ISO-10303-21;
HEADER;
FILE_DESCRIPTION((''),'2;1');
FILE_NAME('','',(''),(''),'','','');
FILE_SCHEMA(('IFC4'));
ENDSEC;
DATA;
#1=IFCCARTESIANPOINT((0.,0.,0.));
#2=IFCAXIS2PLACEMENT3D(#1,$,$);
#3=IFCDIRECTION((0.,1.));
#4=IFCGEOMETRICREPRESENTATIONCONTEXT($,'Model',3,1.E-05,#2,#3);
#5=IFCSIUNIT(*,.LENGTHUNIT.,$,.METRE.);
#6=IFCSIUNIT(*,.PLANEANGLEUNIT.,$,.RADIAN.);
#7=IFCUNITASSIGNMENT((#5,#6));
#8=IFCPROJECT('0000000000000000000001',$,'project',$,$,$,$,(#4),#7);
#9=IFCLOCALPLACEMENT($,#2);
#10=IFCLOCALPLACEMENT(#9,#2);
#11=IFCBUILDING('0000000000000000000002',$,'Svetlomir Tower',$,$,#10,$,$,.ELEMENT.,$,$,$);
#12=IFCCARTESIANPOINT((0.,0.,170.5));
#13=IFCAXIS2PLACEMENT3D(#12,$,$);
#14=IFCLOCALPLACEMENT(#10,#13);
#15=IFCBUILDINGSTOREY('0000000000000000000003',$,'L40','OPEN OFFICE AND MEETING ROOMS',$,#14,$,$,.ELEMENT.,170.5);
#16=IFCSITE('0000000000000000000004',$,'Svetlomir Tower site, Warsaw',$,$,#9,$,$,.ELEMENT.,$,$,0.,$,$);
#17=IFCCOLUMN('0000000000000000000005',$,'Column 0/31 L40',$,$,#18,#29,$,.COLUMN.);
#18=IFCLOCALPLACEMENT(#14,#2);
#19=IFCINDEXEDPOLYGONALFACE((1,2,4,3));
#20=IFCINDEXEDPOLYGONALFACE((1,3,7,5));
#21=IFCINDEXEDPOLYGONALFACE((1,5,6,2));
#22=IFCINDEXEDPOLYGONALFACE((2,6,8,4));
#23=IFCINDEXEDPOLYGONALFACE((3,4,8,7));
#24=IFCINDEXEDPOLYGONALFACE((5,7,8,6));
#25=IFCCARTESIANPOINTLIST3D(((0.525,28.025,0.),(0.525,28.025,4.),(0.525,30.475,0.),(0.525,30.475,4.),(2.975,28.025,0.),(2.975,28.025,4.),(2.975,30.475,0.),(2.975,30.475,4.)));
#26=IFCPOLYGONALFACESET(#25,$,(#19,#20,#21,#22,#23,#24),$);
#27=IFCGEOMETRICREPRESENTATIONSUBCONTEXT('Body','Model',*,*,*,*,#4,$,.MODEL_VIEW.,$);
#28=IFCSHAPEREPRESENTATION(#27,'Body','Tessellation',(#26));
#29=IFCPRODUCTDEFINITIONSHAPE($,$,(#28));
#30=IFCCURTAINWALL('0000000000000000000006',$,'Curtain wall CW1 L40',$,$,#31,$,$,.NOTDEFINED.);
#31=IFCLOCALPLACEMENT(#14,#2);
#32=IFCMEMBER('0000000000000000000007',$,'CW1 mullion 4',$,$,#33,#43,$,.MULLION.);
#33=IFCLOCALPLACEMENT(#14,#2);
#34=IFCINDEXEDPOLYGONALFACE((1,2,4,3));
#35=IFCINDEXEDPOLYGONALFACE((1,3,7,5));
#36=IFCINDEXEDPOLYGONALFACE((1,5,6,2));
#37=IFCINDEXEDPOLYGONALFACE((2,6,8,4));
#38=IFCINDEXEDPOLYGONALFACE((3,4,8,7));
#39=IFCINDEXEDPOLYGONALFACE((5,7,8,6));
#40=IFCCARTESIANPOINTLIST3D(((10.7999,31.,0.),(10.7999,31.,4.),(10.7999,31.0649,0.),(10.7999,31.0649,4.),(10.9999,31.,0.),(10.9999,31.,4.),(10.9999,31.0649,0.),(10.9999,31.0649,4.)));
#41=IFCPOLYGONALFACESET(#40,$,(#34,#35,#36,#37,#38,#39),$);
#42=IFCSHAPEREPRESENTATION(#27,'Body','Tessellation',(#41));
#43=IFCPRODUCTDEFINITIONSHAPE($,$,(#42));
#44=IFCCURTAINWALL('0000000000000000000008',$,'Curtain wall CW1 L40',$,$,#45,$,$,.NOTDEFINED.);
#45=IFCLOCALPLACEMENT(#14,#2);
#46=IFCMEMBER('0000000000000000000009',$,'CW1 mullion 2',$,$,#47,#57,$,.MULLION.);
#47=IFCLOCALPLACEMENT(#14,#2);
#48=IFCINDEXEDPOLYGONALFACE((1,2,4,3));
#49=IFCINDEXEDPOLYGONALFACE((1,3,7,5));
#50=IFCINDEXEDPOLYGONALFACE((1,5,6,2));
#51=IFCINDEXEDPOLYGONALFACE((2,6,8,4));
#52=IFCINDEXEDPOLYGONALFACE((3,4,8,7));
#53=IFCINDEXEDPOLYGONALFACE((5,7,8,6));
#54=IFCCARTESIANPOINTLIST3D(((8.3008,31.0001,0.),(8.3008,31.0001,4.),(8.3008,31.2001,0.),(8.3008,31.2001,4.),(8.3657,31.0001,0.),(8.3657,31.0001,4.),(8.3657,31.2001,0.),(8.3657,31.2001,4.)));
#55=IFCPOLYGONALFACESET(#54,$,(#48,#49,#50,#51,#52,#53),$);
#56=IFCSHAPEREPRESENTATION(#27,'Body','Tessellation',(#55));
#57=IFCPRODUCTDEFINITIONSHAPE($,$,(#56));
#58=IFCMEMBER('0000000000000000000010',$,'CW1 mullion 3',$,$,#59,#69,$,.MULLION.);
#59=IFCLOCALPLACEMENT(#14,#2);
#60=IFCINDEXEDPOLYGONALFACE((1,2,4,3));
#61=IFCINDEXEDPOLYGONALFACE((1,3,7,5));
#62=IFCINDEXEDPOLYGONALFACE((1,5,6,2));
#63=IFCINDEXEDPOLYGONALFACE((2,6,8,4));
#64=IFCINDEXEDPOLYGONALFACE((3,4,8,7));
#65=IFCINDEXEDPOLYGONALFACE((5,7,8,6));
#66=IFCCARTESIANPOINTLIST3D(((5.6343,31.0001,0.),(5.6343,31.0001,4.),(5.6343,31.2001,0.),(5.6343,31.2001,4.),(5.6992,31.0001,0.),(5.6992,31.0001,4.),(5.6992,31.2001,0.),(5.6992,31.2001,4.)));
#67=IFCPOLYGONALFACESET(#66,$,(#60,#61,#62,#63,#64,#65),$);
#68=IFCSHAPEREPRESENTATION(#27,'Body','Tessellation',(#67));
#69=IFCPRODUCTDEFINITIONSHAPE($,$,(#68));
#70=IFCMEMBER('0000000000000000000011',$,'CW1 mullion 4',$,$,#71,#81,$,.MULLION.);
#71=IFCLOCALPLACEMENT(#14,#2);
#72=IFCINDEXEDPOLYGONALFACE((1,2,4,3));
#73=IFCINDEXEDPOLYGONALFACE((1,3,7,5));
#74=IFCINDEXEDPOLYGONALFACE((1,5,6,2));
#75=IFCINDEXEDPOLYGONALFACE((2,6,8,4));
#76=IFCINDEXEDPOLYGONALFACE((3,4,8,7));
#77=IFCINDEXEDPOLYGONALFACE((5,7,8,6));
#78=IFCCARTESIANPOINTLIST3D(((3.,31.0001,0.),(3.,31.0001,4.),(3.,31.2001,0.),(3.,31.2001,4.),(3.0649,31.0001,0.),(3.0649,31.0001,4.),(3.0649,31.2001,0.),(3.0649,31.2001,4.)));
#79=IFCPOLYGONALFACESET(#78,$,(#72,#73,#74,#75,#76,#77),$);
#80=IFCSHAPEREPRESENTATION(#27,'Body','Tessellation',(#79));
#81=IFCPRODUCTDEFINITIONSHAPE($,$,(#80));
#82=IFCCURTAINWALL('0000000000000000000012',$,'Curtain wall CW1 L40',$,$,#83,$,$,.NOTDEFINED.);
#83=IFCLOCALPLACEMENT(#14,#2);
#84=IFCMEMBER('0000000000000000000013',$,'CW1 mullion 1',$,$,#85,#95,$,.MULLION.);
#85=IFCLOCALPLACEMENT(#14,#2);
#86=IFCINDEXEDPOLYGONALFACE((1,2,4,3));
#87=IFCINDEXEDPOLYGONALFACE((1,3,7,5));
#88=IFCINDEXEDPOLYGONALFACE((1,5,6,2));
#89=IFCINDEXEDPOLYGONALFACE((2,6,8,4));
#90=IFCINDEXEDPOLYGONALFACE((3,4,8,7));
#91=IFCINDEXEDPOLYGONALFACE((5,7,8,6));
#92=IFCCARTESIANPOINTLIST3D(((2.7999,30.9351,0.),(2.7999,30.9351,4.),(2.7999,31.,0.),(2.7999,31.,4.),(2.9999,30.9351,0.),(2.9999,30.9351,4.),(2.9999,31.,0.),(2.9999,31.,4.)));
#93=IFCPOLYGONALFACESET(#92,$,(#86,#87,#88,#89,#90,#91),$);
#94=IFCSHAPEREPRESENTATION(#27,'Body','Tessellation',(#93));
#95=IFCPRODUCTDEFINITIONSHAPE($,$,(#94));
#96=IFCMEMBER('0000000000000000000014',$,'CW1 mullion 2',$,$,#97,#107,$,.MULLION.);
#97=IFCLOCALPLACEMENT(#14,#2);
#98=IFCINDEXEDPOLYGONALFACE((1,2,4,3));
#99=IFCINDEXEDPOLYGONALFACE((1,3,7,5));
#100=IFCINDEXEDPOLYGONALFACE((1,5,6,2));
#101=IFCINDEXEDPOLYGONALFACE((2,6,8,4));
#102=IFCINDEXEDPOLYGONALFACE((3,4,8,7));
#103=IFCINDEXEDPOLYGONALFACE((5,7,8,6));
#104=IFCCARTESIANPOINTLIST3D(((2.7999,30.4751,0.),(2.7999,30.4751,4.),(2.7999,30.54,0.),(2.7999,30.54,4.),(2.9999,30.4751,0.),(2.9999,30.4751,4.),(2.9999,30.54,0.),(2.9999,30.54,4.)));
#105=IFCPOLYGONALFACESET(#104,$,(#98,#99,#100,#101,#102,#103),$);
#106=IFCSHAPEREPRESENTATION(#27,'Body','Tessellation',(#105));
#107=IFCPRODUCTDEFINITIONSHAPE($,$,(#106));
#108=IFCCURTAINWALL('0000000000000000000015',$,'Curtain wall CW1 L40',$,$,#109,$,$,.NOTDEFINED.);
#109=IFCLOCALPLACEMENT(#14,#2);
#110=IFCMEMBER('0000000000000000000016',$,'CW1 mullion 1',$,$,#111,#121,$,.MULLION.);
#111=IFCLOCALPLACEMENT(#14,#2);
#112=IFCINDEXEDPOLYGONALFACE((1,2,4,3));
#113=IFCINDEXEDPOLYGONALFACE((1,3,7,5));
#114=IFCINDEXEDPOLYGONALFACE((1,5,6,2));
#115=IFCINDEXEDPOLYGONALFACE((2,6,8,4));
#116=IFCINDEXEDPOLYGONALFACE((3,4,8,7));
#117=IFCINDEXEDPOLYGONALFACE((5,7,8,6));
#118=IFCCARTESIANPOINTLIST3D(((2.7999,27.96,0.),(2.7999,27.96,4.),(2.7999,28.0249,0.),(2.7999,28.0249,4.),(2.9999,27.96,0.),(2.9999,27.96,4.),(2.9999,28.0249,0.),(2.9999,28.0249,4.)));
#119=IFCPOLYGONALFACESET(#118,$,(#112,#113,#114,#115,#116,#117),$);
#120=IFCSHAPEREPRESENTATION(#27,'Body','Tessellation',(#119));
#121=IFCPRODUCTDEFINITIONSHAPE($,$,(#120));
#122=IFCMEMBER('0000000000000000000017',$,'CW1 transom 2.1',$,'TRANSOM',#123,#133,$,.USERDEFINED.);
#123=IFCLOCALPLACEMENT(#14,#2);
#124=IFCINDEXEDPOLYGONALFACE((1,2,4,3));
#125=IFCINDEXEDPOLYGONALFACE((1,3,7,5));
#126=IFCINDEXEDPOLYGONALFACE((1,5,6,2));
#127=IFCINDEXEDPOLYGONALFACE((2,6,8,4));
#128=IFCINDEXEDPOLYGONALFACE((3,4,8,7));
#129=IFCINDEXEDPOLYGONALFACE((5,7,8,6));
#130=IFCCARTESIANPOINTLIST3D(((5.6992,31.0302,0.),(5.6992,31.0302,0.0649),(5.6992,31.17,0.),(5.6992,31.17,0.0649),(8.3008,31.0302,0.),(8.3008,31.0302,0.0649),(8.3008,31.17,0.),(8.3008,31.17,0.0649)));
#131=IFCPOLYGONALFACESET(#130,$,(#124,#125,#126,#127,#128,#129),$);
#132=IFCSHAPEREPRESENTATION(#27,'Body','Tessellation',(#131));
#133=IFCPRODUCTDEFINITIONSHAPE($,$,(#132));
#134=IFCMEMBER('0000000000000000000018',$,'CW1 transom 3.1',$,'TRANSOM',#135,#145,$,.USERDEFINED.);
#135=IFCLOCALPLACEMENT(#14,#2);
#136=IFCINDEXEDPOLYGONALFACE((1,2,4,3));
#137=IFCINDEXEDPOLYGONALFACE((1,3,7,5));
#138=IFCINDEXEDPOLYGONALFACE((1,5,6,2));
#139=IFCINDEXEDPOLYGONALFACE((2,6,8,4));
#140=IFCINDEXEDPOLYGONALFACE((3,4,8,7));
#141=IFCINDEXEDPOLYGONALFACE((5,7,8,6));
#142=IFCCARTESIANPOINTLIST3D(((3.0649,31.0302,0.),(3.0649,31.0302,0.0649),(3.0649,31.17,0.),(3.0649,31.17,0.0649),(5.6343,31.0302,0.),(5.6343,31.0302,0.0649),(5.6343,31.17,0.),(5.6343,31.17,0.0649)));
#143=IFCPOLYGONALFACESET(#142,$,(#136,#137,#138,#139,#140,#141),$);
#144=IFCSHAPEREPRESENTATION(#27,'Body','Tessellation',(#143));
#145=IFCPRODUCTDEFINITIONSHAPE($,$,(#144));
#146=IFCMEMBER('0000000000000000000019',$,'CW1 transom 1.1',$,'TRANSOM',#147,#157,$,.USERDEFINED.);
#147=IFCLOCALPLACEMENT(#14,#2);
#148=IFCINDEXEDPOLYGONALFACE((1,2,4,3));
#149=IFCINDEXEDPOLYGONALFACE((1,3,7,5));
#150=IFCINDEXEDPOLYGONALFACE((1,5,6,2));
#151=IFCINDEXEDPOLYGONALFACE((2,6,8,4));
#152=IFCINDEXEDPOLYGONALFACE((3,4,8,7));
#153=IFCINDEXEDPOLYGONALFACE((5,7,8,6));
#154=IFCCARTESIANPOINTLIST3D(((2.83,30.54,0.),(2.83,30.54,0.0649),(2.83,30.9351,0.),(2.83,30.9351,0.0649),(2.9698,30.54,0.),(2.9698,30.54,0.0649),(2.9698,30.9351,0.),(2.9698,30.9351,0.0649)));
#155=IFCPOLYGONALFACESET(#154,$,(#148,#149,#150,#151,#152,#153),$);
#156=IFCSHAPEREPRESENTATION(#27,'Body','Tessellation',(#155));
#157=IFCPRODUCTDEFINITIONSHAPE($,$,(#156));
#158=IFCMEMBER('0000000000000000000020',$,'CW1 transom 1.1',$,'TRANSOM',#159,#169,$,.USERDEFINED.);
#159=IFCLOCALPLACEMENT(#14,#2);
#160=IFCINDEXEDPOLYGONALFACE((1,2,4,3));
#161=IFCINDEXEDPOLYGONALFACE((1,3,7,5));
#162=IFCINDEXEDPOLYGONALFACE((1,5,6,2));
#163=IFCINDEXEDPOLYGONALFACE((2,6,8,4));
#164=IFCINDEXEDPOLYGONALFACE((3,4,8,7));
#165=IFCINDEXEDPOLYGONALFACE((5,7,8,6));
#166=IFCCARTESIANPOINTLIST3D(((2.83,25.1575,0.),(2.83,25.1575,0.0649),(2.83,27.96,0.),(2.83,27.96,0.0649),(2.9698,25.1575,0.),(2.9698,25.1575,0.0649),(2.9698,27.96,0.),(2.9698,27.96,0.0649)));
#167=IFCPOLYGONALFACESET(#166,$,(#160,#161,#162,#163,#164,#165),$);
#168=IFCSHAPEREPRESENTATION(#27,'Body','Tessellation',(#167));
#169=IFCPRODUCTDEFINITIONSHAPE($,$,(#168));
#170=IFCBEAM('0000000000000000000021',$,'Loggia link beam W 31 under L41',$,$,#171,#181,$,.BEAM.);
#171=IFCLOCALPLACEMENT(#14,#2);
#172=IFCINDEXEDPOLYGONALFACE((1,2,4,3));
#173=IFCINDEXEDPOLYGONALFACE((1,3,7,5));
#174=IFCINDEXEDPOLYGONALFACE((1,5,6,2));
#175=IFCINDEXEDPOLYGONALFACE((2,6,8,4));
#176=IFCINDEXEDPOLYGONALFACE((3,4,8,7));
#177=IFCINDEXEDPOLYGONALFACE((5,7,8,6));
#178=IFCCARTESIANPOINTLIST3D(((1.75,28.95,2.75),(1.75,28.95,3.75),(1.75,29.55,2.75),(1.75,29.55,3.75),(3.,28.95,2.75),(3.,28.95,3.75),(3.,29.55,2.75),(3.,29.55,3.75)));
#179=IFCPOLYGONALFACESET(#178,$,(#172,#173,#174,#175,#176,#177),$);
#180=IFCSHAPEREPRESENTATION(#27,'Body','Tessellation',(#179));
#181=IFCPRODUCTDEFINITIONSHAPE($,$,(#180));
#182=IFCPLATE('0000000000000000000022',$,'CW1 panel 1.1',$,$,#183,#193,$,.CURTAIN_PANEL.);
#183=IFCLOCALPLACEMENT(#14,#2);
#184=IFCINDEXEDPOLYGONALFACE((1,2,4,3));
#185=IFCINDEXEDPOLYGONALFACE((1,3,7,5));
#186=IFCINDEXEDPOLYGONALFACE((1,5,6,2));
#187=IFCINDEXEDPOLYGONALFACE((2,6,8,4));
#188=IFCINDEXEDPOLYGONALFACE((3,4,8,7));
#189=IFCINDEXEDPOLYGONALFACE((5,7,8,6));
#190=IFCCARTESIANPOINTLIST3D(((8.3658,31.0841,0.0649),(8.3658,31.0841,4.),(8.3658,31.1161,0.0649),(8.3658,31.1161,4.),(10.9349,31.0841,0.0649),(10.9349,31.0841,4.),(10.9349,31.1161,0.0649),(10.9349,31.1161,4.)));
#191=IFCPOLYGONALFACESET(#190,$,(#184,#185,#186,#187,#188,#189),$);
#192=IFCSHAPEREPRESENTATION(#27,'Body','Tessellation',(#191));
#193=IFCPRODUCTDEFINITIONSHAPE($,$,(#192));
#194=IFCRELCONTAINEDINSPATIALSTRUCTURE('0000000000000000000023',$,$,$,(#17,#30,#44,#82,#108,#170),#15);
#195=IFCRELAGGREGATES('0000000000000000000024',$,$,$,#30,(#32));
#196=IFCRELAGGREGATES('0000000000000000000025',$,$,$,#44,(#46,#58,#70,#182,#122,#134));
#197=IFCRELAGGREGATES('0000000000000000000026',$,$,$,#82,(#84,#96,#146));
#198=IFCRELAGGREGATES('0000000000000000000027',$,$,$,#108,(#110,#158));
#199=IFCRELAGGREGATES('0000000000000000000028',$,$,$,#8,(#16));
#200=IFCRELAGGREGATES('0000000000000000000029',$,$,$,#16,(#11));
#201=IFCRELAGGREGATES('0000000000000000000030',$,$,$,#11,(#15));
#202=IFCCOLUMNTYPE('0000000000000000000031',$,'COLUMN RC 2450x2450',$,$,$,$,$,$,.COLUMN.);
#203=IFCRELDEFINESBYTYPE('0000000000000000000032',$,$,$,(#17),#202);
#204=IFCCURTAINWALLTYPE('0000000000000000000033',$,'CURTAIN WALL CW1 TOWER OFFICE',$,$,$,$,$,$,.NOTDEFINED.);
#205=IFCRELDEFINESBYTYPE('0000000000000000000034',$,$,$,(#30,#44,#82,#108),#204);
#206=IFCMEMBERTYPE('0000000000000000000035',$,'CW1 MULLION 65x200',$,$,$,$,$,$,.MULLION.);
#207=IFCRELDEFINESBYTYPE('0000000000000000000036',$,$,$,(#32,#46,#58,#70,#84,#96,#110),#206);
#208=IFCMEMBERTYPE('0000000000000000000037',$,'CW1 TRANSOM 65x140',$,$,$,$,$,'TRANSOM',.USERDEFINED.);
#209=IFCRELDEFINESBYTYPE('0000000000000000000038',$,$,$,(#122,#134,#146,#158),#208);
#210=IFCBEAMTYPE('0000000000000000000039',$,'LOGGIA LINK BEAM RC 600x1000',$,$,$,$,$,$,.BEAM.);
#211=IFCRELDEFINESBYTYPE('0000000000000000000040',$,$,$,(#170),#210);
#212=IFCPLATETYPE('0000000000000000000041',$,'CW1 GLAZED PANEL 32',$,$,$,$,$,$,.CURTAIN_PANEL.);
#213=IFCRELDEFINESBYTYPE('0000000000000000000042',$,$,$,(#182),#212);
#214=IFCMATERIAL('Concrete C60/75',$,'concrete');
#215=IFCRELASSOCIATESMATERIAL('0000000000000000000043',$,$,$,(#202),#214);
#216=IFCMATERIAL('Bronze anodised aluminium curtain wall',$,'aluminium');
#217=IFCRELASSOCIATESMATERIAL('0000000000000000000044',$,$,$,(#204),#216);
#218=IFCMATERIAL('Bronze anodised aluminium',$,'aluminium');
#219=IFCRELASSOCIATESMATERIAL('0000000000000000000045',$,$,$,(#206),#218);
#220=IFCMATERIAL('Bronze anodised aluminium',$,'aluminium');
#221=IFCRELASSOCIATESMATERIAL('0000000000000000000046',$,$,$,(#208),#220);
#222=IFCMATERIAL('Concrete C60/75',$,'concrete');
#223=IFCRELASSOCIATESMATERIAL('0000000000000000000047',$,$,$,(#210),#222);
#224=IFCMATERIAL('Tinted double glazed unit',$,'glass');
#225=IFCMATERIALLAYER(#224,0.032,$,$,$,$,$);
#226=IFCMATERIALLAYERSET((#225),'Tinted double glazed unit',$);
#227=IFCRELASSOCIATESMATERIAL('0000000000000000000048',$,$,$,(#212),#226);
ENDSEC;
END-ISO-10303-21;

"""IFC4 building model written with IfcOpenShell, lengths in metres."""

from ifc_helpers import new_model, si_unit, direction, frame, origin, origin_2d, place, context, subcontext, project, spatial, rectangle, extrude, material, layer, layer_set, material_profile, profile_set, type_object, element, aggregate, save


model = new_model("IFC4")

# Units and contexts
model_context = context("Model", 3, precision=1e-05, world=origin(), true_north=direction((0.0, 1.0)))
body_context = subcontext(model_context, "Body", "Model", "MODEL_VIEW")
ifc_project = project(units=[si_unit("LENGTHUNIT", "METRE"), si_unit("PLANEANGLEUNIT", "RADIAN")], contexts=[model_context])

# Site, building, storey
site_placement = place(None, origin())
site = spatial("IfcSite", under=ifc_project, at=site_placement, Name="Svetlomir Tower site, Warsaw", CompositionType="ELEMENT", RefElevation=0.0)
building_placement = place(site_placement, origin())
building = spatial("IfcBuilding", under=site, at=building_placement, Name="Svetlomir Tower", CompositionType="ELEMENT")
storey_placement = place(building_placement, frame((0.0, 0.0, 170.5)))
storey = spatial("IfcBuildingStorey", under=building, at=storey_placement, Name="L40", Description="OPEN OFFICE AND MEETING ROOMS", CompositionType="ELEMENT", Elevation=170.5)

# Column
ifc_material_1 = material(Name="Concrete C60/75", Category="concrete")
ifc_material_profile_1 = material_profile(ifc_material_1, rectangle(XDim=2.45, YDim=2.45, at=origin_2d()), Name="RC 2450x2450")
ifc_profile_set_1 = profile_set([ifc_material_profile_1], Name="Concrete C60/75")
column_type = type_object("IfcColumnType", Name="COLUMN RC 2450x2450", PredefinedType="COLUMN", material=ifc_profile_set_1)
column_placement = place(storey_placement, frame((1.75, 29.25, 0.0), z_axis=(0.0, 0.0, 1.0), x_axis=(1.0, 0.0, 0.0)))
element("IfcColumn", 1, at=column_placement, inside=storey, type_object=column_type, Name="Column 0/31 L40", PredefinedType="COLUMN", context=body_context, shape_type="SweptSolid", body=[
    extrude(rectangle(XDim=2.45, YDim=2.45, at=origin_2d()), origin(), (0.0, 0.0, 1.0), 4.0),
])

# Curtain wall, member
ifc_material_2 = material(Name="Bronze anodised aluminium curtain wall", Category="aluminium")
curtain_wall_type = type_object("IfcCurtainWallType", Name="CURTAIN WALL CW1 TOWER OFFICE", PredefinedType="NOTDEFINED", material=ifc_material_2)
curtain_wall_1_placement = place(storey_placement, origin())
curtain_wall_1 = element("IfcCurtainWall", 2, at=curtain_wall_1_placement, inside=storey, type_object=curtain_wall_type, Name="Curtain wall CW1 L40", PredefinedType="NOTDEFINED")
ifc_material_3 = material(Name="Bronze anodised aluminium", Category="aluminium")
ifc_material_profile_2 = material_profile(ifc_material_3, rectangle(XDim=0.0649, YDim=0.2, at=origin_2d()), Name="AL 65x200")
ifc_profile_set_2 = profile_set([ifc_material_profile_2], Name="Bronze anodised aluminium 6063-T6")
member_type_1 = type_object("IfcMemberType", Name="CW1 MULLION 65x200", PredefinedType="MULLION", material=ifc_profile_set_2)
member_1_placement = place(storey_placement, frame((10.8999, 31.0325, 0.0), z_axis=(0.0, 0.0, 1.0), x_axis=(0.0, -1.0, 0.0)))
member_1 = element("IfcMember", 3, at=member_1_placement, type_object=member_type_1, Name="CW1 mullion 4", PredefinedType="MULLION", context=body_context, shape_type="SweptSolid", body=[
    extrude(rectangle(XDim=0.0649, YDim=0.2, at=origin_2d()), origin(), (0.0, 0.0, 1.0), 4.0),
])
aggregate(curtain_wall_1, [member_1])

# Curtain walls, members
curtain_wall_2_placement = place(storey_placement, origin())
curtain_wall_2 = element("IfcCurtainWall", 4, at=curtain_wall_2_placement, inside=storey, type_object=curtain_wall_type, Name="Curtain wall CW1 L40", PredefinedType="NOTDEFINED")
member_2_placement = place(storey_placement, frame((8.3333, 31.1001, 0.0), z_axis=(0.0, 0.0, 1.0), x_axis=(-1.0, 0.0, 0.0)))
member_2 = element("IfcMember", 5, at=member_2_placement, type_object=member_type_1, Name="CW1 mullion 2", PredefinedType="MULLION", context=body_context, shape_type="SweptSolid", body=[
    extrude(rectangle(XDim=0.0649, YDim=0.2, at=origin_2d()), origin(), (0.0, 0.0, 1.0), 4.0),
])
member_3_placement = place(storey_placement, frame((5.6667, 31.1001, 0.0), z_axis=(0.0, 0.0, 1.0), x_axis=(-1.0, 0.0, 0.0)))
member_3 = element("IfcMember", 6, at=member_3_placement, type_object=member_type_1, Name="CW1 mullion 3", PredefinedType="MULLION", context=body_context, shape_type="SweptSolid", body=[
    extrude(rectangle(XDim=0.0649, YDim=0.2, at=origin_2d()), origin(), (0.0, 0.0, 1.0), 4.0),
])
member_4_placement = place(storey_placement, frame((3.0325, 31.1001, 0.0), z_axis=(0.0, 0.0, 1.0), x_axis=(-1.0, 0.0, 0.0)))
member_4 = element("IfcMember", 7, at=member_4_placement, type_object=member_type_1, Name="CW1 mullion 4", PredefinedType="MULLION", context=body_context, shape_type="SweptSolid", body=[
    extrude(rectangle(XDim=0.0649, YDim=0.2, at=origin_2d()), origin(), (0.0, 0.0, 1.0), 4.0),
])
curtain_wall_3_placement = place(storey_placement, origin())
curtain_wall_3 = element("IfcCurtainWall", 8, at=curtain_wall_3_placement, inside=storey, type_object=curtain_wall_type, Name="Curtain wall CW1 L40", PredefinedType="NOTDEFINED")
member_5_placement = place(storey_placement, frame((2.8999, 30.9675, 0.0), z_axis=(0.0, 0.0, 1.0), x_axis=(0.0, -1.0, 0.0)))
member_5 = element("IfcMember", 9, at=member_5_placement, type_object=member_type_1, Name="CW1 mullion 1", PredefinedType="MULLION", context=body_context, shape_type="SweptSolid", body=[
    extrude(rectangle(XDim=0.0649, YDim=0.2, at=origin_2d()), origin(), (0.0, 0.0, 1.0), 4.0),
])
member_6_placement = place(storey_placement, frame((2.8999, 30.5076, 0.0), z_axis=(0.0, 0.0, 1.0), x_axis=(0.0, -1.0, 0.0)))
member_6 = element("IfcMember", 10, at=member_6_placement, type_object=member_type_1, Name="CW1 mullion 2", PredefinedType="MULLION", context=body_context, shape_type="SweptSolid", body=[
    extrude(rectangle(XDim=0.0649, YDim=0.2, at=origin_2d()), origin(), (0.0, 0.0, 1.0), 4.0),
])

# Curtain wall, member
curtain_wall_4_placement = place(storey_placement, origin())
curtain_wall_4 = element("IfcCurtainWall", 11, at=curtain_wall_4_placement, inside=storey, type_object=curtain_wall_type, Name="Curtain wall CW1 L40", PredefinedType="NOTDEFINED")
member_7_placement = place(storey_placement, frame((2.8999, 27.9924, 0.0), z_axis=(0.0, 0.0, 1.0), x_axis=(0.0, -1.0, 0.0)))
member_7 = element("IfcMember", 12, at=member_7_placement, type_object=member_type_1, Name="CW1 mullion 1", PredefinedType="MULLION", context=body_context, shape_type="SweptSolid", body=[
    extrude(rectangle(XDim=0.0649, YDim=0.2, at=origin_2d()), origin(), (0.0, 0.0, 1.0), 4.0),
])

# Members
ifc_material_4 = material(Name="Bronze anodised aluminium", Category="aluminium")
ifc_material_profile_3 = material_profile(ifc_material_4, rectangle(XDim=0.1399, YDim=0.0649, at=origin_2d()), Name="AL 140x65")
ifc_profile_set_3 = profile_set([ifc_material_profile_3], Name="Bronze anodised aluminium 6063-T6")
member_type_2 = type_object("IfcMemberType", Name="CW1 TRANSOM 65x140", ElementType="TRANSOM", PredefinedType="USERDEFINED", material=ifc_profile_set_3)
member_8_placement = place(storey_placement, frame((8.3008, 31.1001, 0.0325), z_axis=(-1.0, 0.0, 0.0), x_axis=(0.0, -1.0, 0.0)))
member_8 = element("IfcMember", 13, at=member_8_placement, type_object=member_type_2, Name="CW1 transom 2.1", ObjectType="TRANSOM", PredefinedType="USERDEFINED", context=body_context, shape_type="SweptSolid", body=[
    extrude(rectangle(XDim=0.1399, YDim=0.0649, at=origin_2d()), origin(), (0.0, 0.0, 1.0), 2.6016),
])
member_9_placement = place(storey_placement, frame((5.6343, 31.1001, 0.0325), z_axis=(-1.0, 0.0, 0.0), x_axis=(0.0, -1.0, 0.0)))
member_9 = element("IfcMember", 14, at=member_9_placement, type_object=member_type_2, Name="CW1 transom 3.1", ObjectType="TRANSOM", PredefinedType="USERDEFINED", context=body_context, shape_type="SweptSolid", body=[
    extrude(rectangle(XDim=0.1399, YDim=0.0649, at=origin_2d()), origin(), (0.0, 0.0, 1.0), 2.5693),
])
member_10_placement = place(storey_placement, frame((2.8999, 30.9351, 0.0325), z_axis=(0.0, -1.0, 0.0), x_axis=(1.0, 0.0, 0.0)))
member_10 = element("IfcMember", 15, at=member_10_placement, type_object=member_type_2, Name="CW1 transom 1.1", ObjectType="TRANSOM", PredefinedType="USERDEFINED", context=body_context, shape_type="SweptSolid", body=[
    extrude(rectangle(XDim=0.1399, YDim=0.0649, at=origin_2d()), origin(), (0.0, 0.0, 1.0), 0.395),
])
member_11_placement = place(storey_placement, frame((2.8999, 27.96, 0.0325), z_axis=(0.0, -1.0, 0.0), x_axis=(1.0, 0.0, 0.0)))
member_11 = element("IfcMember", 16, at=member_11_placement, type_object=member_type_2, Name="CW1 transom 1.1", ObjectType="TRANSOM", PredefinedType="USERDEFINED", context=body_context, shape_type="SweptSolid", body=[
    extrude(rectangle(XDim=0.1399, YDim=0.0649, at=origin_2d()), origin(), (0.0, 0.0, 1.0), 2.8025),
])

# Beam
ifc_material_5 = material(Name="Concrete C60/75", Category="concrete")
ifc_material_profile_4 = material_profile(ifc_material_5, rectangle(XDim=0.6001, YDim=1.0, at=origin_2d()), Name="RC 600x1000")
ifc_profile_set_4 = profile_set([ifc_material_profile_4], Name="Concrete C60/75")
beam_type = type_object("IfcBeamType", Name="LOGGIA LINK BEAM RC 600x1000", PredefinedType="BEAM", material=ifc_profile_set_4)
beam_placement = place(storey_placement, frame((1.75, 29.25, 3.25), z_axis=(1.0, 0.0, 0.0), x_axis=(0.0, 1.0, 0.0)))
element("IfcBeam", 17, at=beam_placement, inside=storey, type_object=beam_type, Name="Loggia link beam W 31 under L41", PredefinedType="BEAM", context=body_context, shape_type="SweptSolid", body=[
    extrude(rectangle(XDim=0.6001, YDim=1.0, at=origin_2d()), origin(), (0.0, 0.0, 1.0), 1.25),
])

# Plate
ifc_material_6 = material(Name="Tinted double glazed unit", Category="glass")
ifc_layer_1 = layer(ifc_material_6, 0.032)
ifc_layer_set_1 = layer_set([ifc_layer_1], Name="Tinted double glazed unit")
plate_type = type_object("IfcPlateType", Name="CW1 GLAZED PANEL 32", PredefinedType="CURTAIN_PANEL", material=ifc_layer_set_1)
plate_1_placement = place(storey_placement, frame((9.6504, 31.1001, 0.0649), z_axis=(0.0, 0.0, 1.0), x_axis=(-1.0, 0.0, 0.0)))
plate_1 = element("IfcPlate", 18, at=plate_1_placement, type_object=plate_type, Name="CW1 panel 1.1", PredefinedType="CURTAIN_PANEL", context=body_context, shape_type="SweptSolid", body=[
    extrude(rectangle(XDim=2.5691, YDim=0.032, at=origin_2d()), origin(), (0.0, 0.0, 1.0), 3.9351),
])
aggregate(curtain_wall_2, [member_2, member_3, member_4, plate_1, member_8, member_9])
aggregate(curtain_wall_3, [member_5, member_6, member_10])
aggregate(curtain_wall_4, [member_7, member_11])

save(model, "model.ifc")
